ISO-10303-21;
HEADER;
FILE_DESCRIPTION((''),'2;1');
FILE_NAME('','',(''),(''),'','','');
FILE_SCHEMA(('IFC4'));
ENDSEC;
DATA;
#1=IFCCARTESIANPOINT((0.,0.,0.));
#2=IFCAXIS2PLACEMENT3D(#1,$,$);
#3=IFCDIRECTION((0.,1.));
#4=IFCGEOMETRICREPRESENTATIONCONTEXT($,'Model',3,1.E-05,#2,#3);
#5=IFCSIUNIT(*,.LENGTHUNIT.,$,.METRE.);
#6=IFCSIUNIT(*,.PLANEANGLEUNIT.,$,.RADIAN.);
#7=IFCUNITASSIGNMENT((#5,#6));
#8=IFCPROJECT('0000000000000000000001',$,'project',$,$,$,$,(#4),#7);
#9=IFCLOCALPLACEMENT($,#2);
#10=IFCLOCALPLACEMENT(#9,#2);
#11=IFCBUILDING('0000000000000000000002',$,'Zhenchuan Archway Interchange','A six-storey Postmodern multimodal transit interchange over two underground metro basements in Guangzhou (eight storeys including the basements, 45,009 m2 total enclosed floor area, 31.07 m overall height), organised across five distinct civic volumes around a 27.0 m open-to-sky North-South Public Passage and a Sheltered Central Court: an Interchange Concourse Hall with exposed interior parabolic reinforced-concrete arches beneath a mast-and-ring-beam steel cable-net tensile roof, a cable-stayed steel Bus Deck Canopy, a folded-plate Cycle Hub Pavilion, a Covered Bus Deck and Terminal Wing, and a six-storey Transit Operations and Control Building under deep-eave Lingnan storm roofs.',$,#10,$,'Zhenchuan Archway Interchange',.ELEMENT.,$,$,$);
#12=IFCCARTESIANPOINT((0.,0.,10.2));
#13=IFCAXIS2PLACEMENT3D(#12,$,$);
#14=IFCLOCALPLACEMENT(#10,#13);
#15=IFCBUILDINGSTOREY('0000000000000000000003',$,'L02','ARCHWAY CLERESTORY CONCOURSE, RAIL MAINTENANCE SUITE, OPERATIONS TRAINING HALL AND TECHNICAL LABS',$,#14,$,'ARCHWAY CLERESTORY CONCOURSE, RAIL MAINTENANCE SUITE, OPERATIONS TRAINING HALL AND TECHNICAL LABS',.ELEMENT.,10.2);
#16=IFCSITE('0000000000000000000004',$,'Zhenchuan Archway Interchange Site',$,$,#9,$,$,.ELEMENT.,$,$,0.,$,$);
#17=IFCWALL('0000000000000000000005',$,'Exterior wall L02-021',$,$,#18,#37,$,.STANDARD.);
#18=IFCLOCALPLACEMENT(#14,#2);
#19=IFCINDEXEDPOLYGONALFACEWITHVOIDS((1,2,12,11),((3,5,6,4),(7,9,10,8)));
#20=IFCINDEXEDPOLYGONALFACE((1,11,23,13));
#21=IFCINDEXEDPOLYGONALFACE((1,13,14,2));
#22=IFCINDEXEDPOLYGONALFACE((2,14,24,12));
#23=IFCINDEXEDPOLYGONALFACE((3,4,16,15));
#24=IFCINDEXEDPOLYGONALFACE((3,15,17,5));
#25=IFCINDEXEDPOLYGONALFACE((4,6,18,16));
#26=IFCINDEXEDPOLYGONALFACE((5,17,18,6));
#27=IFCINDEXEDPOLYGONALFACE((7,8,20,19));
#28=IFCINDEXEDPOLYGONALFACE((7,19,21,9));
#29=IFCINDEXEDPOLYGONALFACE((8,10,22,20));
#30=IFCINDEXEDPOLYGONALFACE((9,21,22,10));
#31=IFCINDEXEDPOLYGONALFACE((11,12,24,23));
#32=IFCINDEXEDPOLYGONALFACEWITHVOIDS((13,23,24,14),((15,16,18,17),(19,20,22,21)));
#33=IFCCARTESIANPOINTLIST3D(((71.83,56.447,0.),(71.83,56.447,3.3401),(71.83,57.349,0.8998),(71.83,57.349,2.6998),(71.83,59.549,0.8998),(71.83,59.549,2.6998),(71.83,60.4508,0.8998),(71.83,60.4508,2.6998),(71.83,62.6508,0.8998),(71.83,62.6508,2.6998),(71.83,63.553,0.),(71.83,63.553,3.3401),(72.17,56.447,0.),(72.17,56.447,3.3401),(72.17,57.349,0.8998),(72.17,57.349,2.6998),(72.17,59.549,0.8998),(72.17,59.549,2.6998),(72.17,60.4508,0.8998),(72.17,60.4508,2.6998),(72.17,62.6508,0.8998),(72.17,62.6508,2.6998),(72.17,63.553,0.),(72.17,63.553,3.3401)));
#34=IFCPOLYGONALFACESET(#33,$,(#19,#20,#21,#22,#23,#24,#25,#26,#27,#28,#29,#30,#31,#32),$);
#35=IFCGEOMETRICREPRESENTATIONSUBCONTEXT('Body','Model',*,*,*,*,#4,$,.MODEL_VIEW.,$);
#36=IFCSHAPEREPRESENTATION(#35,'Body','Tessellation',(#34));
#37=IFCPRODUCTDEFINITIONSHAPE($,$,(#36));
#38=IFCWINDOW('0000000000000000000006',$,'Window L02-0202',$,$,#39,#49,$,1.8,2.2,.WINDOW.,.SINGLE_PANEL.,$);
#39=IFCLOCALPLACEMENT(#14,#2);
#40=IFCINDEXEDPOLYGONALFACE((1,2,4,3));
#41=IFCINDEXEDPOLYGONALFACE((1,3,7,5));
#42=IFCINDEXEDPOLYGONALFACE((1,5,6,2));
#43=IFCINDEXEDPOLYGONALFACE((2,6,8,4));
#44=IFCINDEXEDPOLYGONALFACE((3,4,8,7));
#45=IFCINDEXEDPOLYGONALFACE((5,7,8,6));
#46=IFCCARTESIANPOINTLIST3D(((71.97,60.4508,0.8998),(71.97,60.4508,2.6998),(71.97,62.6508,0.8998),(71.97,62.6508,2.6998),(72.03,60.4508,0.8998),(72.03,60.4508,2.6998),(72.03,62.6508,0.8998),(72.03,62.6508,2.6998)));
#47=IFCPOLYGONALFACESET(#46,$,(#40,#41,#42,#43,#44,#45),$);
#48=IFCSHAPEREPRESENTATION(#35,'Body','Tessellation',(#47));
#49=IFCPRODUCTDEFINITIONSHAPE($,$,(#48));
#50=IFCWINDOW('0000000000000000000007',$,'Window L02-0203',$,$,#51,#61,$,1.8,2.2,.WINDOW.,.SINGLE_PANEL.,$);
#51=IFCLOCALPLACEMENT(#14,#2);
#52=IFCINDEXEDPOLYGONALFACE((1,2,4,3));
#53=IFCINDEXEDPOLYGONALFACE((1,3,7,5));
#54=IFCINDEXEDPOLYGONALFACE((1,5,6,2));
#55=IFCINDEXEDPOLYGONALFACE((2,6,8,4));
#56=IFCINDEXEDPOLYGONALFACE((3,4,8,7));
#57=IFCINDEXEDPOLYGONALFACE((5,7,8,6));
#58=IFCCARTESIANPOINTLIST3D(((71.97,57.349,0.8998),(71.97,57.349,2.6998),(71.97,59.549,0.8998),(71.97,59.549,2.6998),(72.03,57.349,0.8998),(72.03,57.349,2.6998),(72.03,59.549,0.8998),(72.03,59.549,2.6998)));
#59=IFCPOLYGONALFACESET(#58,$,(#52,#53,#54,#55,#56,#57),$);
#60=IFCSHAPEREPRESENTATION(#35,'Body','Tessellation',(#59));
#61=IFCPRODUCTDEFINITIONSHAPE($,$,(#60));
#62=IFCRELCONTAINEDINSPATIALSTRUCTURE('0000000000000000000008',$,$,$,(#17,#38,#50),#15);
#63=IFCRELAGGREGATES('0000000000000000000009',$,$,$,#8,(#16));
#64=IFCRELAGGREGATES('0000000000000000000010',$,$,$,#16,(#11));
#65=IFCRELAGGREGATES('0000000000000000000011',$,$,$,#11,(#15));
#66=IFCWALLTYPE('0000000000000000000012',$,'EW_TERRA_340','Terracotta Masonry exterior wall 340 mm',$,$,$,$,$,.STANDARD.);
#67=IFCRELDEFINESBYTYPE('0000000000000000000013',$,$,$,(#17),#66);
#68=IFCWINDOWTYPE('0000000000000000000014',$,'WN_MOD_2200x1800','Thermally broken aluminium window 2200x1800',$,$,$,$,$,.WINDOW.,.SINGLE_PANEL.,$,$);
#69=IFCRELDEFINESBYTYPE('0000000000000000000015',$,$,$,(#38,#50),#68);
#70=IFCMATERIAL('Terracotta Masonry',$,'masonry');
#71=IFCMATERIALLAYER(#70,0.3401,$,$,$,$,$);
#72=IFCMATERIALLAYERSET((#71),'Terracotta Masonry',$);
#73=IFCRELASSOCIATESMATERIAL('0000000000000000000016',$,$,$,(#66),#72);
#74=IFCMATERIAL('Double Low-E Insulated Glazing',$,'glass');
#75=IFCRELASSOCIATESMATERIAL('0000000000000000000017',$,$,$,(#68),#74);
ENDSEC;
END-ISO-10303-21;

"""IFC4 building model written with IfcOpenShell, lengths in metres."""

from ifc_helpers import new_model, si_unit, direction, frame, frame_2d, origin, place, context, subcontext, project, spatial, rectangle, extrude, material, layer, layer_set, type_object, element, fill, save


model = new_model("IFC4")

# Units and contexts
model_context = context("Model", 3, precision=1e-05, world=origin(), true_north=direction((0.0, 1.0)))
body_context = subcontext(model_context, "Body", "Model", "MODEL_VIEW")
ifc_project = project(units=[si_unit("LENGTHUNIT", "METRE"), si_unit("PLANEANGLEUNIT", "RADIAN")], contexts=[model_context])

# Site, building, storey
site_placement = place(None, origin())
site = spatial("IfcSite", under=ifc_project, at=site_placement, Name="Zhenchuan Archway Interchange Site", CompositionType="ELEMENT", RefElevation=0.0)
building_placement = place(site_placement, origin())
building = spatial("IfcBuilding", under=site, at=building_placement, Name="Zhenchuan Archway Interchange", Description="A six-storey Postmodern multimodal transit interchange over two underground metro basements in Guangzhou (eight storeys including the basements, 45,009 m2 total enclosed floor area, 31.07 m overall height), organised across five distinct civic volumes around a 27.0 m open-to-sky North-South Public Passage and a Sheltered Central Court: an Interchange Concourse Hall with exposed interior parabolic reinforced-concrete arches beneath a mast-and-ring-beam steel cable-net tensile roof, a cable-stayed steel Bus Deck Canopy, a folded-plate Cycle Hub Pavilion, a Covered Bus Deck and Terminal Wing, and a six-storey Transit Operations and Control Building under deep-eave Lingnan storm roofs.", LongName="Zhenchuan Archway Interchange", CompositionType="ELEMENT")
storey_placement = place(building_placement, frame((0.0, 0.0, 10.2)))
storey = spatial("IfcBuildingStorey", under=building, at=storey_placement, Name="L02", Description="ARCHWAY CLERESTORY CONCOURSE, RAIL MAINTENANCE SUITE, OPERATIONS TRAINING HALL AND TECHNICAL LABS", LongName="ARCHWAY CLERESTORY CONCOURSE, RAIL MAINTENANCE SUITE, OPERATIONS TRAINING HALL AND TECHNICAL LABS", CompositionType="ELEMENT", Elevation=10.2)

# Wall, openings, windows
ifc_material_1 = material(Name="Terracotta Masonry", Category="masonry")
ifc_layer = layer(ifc_material_1, 0.3401)
ifc_layer_set = layer_set([ifc_layer], Name="Terracotta Masonry")
wall_type = type_object("IfcWallType", Name="EW_TERRA_340", Description="Terracotta Masonry exterior wall 340 mm", PredefinedType="STANDARD", material=ifc_layer_set)
wall_placement = place(storey_placement, frame((72.0, 63.553, 0.0), z_axis=(0.0, 0.0, 1.0), x_axis=(0.0, -1.0, 0.0)))
wall = element("IfcWall", 1, at=wall_placement, inside=storey, type_object=wall_type, Name="Exterior wall L02-021", PredefinedType="STANDARD", context=body_context, shape_type="SweptSolid", body=[
    extrude(rectangle(XDim=7.106, YDim=0.3401, at=frame_2d((3.553, 0.0))), origin(), (0.0, 0.0, 1.0), 3.3401),
])
opening_1_placement = place(wall_placement, frame((0.9021, 0.0, 0.8999)))
opening_1 = element("IfcOpeningElement", 2, at=opening_1_placement, cuts=wall, PredefinedType="OPENING", context=body_context, shape_type="SweptSolid", body=[
    extrude(rectangle(XDim=2.2, YDim=1.8, at=frame_2d((1.1001, 0.8999))), frame((0.0, 0.1821, 0.0), z_axis=(0.0, -1.0, 0.0), x_axis=(1.0, 0.0, 0.0)), (0.0, 0.0, 1.0), 0.364),
])
opening_2_placement = place(wall_placement, frame((4.0039, 0.0, 0.8999)))
opening_2 = element("IfcOpeningElement", 3, at=opening_2_placement, cuts=wall, PredefinedType="OPENING", context=body_context, shape_type="SweptSolid", body=[
    extrude(rectangle(XDim=2.2, YDim=1.8, at=frame_2d((1.1001, 0.8999))), frame((0.0, 0.1821, 0.0), z_axis=(0.0, -1.0, 0.0), x_axis=(1.0, 0.0, 0.0)), (0.0, 0.0, 1.0), 0.364),
])
ifc_material_2 = material(Name="Double Low-E Insulated Glazing", Category="glass")
window_type = type_object("IfcWindowType", Name="WN_MOD_2200x1800", Description="Thermally broken aluminium window 2200x1800", PartitioningType="SINGLE_PANEL", PredefinedType="WINDOW", material=ifc_material_2)
window_1_placement = place(opening_1_placement, origin())
window_1 = element("IfcWindow", 4, at=window_1_placement, inside=storey, type_object=window_type, Name="Window L02-0202", OverallHeight=1.8, OverallWidth=2.2, PartitioningType="SINGLE_PANEL", PredefinedType="WINDOW", context=body_context, shape_type="SweptSolid", body=[
    extrude(rectangle(XDim=2.2, YDim=1.8, at=frame_2d((1.1001, 0.8999))), frame((0.0, 0.03, 0.0), z_axis=(0.0, -1.0, 0.0), x_axis=(1.0, 0.0, 0.0)), (0.0, 0.0, 1.0), 0.0601),
])
fill(opening_1, window_1)
window_2_placement = place(opening_2_placement, origin())
window_2 = element("IfcWindow", 5, at=window_2_placement, inside=storey, type_object=window_type, Name="Window L02-0203", OverallHeight=1.8, OverallWidth=2.2, PartitioningType="SINGLE_PANEL", PredefinedType="WINDOW", context=body_context, shape_type="SweptSolid", body=[
    extrude(rectangle(XDim=2.2, YDim=1.8, at=frame_2d((1.1001, 0.8999))), frame((0.0, 0.03, 0.0), z_axis=(0.0, -1.0, 0.0), x_axis=(1.0, 0.0, 0.0)), (0.0, 0.0, 1.0), 0.0601),
])
fill(opening_2, window_2)

save(model, "model.ifc")
